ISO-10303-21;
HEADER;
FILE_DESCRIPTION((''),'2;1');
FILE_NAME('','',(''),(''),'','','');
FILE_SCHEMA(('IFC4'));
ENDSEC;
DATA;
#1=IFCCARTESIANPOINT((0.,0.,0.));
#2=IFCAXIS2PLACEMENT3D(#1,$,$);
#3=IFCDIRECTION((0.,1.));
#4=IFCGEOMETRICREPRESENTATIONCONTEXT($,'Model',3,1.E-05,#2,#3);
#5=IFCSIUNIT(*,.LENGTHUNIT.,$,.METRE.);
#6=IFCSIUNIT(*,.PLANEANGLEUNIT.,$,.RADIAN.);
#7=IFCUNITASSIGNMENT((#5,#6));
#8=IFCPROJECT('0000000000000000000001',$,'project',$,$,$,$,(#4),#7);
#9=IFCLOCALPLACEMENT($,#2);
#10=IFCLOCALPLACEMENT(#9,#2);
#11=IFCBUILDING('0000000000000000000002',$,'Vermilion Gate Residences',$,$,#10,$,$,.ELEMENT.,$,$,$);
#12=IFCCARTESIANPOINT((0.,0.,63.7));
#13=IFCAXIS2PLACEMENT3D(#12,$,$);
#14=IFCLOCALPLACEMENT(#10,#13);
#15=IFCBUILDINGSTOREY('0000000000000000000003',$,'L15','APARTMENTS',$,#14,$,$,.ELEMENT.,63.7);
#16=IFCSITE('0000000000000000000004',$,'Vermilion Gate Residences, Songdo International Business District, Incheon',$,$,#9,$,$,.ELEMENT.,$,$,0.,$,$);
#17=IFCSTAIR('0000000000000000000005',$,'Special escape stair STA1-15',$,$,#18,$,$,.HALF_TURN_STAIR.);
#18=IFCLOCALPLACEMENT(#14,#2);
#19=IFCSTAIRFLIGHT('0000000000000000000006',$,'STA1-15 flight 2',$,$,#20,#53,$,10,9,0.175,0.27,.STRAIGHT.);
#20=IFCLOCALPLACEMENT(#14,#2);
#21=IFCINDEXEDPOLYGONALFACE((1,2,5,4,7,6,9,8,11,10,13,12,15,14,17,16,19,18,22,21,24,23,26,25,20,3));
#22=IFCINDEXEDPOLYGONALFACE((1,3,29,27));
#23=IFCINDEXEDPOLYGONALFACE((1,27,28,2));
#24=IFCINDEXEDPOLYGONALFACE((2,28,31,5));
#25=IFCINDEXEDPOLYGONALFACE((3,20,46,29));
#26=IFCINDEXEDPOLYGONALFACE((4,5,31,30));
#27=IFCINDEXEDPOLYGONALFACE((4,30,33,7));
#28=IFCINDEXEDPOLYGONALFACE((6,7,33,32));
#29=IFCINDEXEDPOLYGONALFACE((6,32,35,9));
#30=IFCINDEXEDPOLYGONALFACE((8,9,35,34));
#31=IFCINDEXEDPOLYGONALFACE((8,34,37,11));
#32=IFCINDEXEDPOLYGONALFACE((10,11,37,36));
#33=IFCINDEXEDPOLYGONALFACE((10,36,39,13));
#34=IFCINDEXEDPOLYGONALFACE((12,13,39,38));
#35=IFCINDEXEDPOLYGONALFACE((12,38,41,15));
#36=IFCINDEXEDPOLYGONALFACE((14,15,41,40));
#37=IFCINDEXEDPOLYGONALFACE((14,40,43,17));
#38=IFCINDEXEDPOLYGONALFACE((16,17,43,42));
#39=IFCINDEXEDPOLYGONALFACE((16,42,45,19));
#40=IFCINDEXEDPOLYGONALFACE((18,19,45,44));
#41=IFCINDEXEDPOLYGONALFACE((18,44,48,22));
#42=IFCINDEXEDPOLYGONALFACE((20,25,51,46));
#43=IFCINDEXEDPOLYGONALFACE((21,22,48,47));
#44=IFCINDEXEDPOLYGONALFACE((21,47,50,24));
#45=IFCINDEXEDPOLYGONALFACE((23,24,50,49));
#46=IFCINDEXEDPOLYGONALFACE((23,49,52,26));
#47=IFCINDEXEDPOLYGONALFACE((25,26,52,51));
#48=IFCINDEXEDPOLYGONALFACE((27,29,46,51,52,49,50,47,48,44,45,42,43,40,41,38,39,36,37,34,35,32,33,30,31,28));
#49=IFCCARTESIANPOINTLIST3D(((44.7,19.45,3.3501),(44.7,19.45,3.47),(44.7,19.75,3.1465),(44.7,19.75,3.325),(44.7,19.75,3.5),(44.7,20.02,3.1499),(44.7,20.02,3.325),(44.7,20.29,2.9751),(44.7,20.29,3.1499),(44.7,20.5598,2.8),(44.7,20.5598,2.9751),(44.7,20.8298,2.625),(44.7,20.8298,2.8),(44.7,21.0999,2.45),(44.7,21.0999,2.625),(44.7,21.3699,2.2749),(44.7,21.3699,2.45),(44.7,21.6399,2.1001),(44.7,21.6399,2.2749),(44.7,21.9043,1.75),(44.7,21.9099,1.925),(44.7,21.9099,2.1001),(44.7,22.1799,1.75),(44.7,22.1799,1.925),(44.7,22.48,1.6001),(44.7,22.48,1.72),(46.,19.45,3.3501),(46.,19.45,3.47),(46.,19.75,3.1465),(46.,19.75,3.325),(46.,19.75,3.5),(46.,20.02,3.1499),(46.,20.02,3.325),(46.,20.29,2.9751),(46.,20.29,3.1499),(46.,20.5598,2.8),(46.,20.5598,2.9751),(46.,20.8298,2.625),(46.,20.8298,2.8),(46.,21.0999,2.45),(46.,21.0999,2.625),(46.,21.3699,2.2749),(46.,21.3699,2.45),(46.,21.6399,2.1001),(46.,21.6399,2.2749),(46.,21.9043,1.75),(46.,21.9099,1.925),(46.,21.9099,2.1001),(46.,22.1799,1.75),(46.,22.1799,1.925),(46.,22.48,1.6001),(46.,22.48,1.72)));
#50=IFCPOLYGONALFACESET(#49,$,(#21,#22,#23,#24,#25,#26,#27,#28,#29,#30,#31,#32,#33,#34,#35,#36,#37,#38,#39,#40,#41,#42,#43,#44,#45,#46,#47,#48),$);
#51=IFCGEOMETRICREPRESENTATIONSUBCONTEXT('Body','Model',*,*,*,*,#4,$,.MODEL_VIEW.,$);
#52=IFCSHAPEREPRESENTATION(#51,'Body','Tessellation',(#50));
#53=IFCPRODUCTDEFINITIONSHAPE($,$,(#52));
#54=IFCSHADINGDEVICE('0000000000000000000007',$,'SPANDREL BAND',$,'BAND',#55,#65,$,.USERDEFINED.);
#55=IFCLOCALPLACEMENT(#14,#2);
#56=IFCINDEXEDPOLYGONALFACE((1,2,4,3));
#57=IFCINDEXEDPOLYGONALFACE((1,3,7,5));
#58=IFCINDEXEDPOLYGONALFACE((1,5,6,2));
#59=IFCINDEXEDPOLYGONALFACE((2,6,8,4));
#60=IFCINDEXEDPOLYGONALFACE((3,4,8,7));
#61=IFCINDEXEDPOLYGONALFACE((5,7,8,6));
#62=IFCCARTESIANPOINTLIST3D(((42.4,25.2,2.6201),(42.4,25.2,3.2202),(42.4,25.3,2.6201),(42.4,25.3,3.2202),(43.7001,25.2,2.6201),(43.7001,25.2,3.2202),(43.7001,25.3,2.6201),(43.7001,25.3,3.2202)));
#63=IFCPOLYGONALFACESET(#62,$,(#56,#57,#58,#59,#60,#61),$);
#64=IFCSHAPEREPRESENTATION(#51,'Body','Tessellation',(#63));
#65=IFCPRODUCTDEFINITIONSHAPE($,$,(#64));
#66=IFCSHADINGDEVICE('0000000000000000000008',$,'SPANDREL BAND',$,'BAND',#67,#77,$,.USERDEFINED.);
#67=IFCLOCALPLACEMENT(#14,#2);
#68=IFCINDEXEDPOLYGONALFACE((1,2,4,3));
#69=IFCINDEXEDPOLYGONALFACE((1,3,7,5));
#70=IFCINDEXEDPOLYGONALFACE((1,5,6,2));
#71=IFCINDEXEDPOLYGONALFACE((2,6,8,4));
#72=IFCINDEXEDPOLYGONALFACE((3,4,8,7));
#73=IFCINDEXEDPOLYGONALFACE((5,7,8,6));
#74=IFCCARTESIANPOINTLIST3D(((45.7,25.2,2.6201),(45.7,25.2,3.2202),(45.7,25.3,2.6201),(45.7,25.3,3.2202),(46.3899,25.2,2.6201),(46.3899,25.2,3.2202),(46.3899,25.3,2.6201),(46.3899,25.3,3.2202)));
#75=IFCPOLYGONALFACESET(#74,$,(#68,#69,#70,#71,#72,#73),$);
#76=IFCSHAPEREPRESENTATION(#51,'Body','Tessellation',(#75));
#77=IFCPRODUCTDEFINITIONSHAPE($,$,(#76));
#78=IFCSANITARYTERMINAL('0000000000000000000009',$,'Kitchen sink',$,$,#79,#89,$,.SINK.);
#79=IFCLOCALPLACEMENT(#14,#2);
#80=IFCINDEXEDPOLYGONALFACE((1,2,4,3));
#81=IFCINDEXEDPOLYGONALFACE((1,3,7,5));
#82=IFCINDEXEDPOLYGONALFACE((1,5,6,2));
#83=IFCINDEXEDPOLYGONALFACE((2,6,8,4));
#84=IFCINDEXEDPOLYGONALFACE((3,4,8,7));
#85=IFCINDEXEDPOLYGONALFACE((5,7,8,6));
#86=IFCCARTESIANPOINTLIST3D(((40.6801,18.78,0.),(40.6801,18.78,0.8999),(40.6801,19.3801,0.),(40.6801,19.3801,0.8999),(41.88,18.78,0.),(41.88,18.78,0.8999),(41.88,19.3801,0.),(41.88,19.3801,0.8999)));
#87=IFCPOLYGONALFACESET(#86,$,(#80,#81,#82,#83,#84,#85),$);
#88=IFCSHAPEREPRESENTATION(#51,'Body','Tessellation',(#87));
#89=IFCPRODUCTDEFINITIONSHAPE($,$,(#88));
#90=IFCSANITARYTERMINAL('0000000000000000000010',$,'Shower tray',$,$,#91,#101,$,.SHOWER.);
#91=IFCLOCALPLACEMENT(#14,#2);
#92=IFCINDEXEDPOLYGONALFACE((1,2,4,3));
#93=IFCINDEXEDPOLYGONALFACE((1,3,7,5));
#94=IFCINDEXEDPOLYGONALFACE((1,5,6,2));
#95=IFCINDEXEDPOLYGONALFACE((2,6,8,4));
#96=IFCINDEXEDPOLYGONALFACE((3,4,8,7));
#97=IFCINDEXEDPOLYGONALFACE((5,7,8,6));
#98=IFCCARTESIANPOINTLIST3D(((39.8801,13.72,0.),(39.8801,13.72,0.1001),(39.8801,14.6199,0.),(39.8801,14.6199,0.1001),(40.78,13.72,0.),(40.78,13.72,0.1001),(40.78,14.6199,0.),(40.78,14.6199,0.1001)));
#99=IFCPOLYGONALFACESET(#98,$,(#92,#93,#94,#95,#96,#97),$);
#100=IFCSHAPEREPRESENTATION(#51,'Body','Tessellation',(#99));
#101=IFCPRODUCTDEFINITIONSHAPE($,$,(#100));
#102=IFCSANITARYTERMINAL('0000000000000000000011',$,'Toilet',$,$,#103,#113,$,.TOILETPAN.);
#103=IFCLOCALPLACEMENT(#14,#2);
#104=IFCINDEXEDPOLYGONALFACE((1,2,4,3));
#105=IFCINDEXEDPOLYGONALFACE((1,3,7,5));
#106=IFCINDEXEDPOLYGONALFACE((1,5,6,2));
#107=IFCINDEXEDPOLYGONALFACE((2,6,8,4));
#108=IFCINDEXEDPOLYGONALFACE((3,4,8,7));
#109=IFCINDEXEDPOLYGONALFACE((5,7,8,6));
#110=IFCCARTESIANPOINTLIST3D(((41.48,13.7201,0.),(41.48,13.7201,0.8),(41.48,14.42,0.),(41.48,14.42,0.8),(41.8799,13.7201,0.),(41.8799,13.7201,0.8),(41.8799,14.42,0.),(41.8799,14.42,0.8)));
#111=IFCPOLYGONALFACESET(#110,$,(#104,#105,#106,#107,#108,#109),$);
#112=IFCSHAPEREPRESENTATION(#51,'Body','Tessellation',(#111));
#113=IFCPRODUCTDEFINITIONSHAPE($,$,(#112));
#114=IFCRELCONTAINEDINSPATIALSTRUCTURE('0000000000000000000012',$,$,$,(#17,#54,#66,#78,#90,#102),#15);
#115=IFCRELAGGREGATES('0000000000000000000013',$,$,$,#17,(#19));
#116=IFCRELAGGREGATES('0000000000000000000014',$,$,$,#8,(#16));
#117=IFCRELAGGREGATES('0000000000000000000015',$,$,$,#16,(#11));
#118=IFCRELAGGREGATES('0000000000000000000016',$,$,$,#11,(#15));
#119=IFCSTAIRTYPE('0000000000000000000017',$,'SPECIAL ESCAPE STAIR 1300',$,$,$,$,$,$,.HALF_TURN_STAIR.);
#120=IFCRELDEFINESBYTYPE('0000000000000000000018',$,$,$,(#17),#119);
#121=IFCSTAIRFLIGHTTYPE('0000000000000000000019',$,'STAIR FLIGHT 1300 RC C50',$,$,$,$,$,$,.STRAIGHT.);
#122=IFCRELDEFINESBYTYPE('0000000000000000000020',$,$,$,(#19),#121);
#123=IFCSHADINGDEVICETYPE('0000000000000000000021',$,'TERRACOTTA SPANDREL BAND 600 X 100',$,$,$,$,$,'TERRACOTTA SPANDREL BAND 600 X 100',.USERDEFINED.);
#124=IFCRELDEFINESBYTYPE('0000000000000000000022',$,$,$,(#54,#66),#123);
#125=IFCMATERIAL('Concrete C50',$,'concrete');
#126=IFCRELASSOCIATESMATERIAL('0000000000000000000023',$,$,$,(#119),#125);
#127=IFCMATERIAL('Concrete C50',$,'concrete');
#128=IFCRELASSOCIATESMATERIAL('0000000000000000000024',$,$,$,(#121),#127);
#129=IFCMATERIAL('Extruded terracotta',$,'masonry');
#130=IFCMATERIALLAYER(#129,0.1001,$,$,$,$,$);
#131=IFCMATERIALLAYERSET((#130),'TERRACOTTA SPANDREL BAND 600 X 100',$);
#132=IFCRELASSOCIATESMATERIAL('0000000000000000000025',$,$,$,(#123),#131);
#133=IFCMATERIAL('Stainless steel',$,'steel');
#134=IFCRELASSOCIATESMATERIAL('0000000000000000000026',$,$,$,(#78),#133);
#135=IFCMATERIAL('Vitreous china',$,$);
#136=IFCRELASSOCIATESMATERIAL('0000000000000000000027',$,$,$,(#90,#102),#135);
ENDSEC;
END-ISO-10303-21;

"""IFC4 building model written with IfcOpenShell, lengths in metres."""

from ifc_helpers import new_model, si_unit, direction, frame, origin, origin_2d, place, context, subcontext, project, spatial, polyline, rectangle, outline, extrude, material, layer, layer_set, type_object, element, aggregate, save


model = new_model("IFC4")

# Units and contexts
model_context = context("Model", 3, precision=1e-05, world=origin(), true_north=direction((0.0, 1.0)))
body_context = subcontext(model_context, "Body", "Model", "MODEL_VIEW")
ifc_project = project(units=[si_unit("LENGTHUNIT", "METRE"), si_unit("PLANEANGLEUNIT", "RADIAN")], contexts=[model_context])

# Site, building, storey
site_placement = place(None, origin())
site = spatial("IfcSite", under=ifc_project, at=site_placement, Name="Vermilion Gate Residences, Songdo International Business District, Incheon", CompositionType="ELEMENT", RefElevation=0.0)
building_placement = place(site_placement, origin())
building = spatial("IfcBuilding", under=site, at=building_placement, Name="Vermilion Gate Residences", CompositionType="ELEMENT")
storey_placement = place(building_placement, frame((0.0, 0.0, 63.7)))
storey = spatial("IfcBuildingStorey", under=building, at=storey_placement, Name="L15", Description="APARTMENTS", CompositionType="ELEMENT", Elevation=63.7)

# Stair, stair flight
ifc_material_1 = material(Name="Concrete C50", Category="concrete")
stair_type = type_object("IfcStairType", Name="SPECIAL ESCAPE STAIR 1300", PredefinedType="HALF_TURN_STAIR", material=ifc_material_1)
stair_placement = place(storey_placement, origin())
stair = element("IfcStair", 1, at=stair_placement, inside=storey, type_object=stair_type, Name="Special escape stair STA1-15", PredefinedType="HALF_TURN_STAIR")
ifc_material_2 = material(Name="Concrete C50", Category="concrete")
stair_flight_type = type_object("IfcStairFlightType", Name="STAIR FLIGHT 1300 RC C50", PredefinedType="STRAIGHT", material=ifc_material_2)
stair_flight_1_placement = place(storey_placement, frame((45.3501, 22.1799, 1.75), z_axis=(0.0, 0.0, 1.0), x_axis=(0.0, -1.0, 0.0)))
stair_flight_1 = element("IfcStairFlight", 2, at=stair_flight_1_placement, type_object=stair_flight_type, Name="STA1-15 flight 2", NumberOfRisers=10, NumberOfTreads=9, PredefinedType="STRAIGHT", RiserHeight=0.175, TreadLength=0.27, context=body_context, shape_type="SweptSolid", body=[
    extrude(outline(polyline([(-0.3, -0.1499), (-0.3, -0.03), (0.0, 0.0), (0.0, 0.175), (0.27, 0.175), (0.27, 0.3501), (0.54, 0.3501), (0.54, 0.5249), (0.8101, 0.5249), (0.8101, 0.7), (1.0801, 0.7), (1.0801, 0.875), (1.3501, 0.875), (1.3501, 1.05), (1.6201, 1.05), (1.6201, 1.2251), (1.8899, 1.2251), (1.8899, 1.3999), (2.1599, 1.3999), (2.1599, 1.575), (2.4299, 1.575), (2.4299, 1.75), (2.73, 1.72), (2.73, 1.6001), (2.4299, 1.3965), (0.2756, 0.0), (-0.3, -0.1499)])), frame((0.0, 0.6499, 0.0), z_axis=(0.0, -1.0, 0.0), x_axis=(1.0, 0.0, 0.0)), (0.0, 0.0, 1.0), 1.3),
])
aggregate(stair, [stair_flight_1])

# Shading devices
ifc_material_3 = material(Name="Extruded terracotta", Category="masonry")
ifc_layer_1 = layer(ifc_material_3, 0.1001)
ifc_layer_set_1 = layer_set([ifc_layer_1], Name="TERRACOTTA SPANDREL BAND 600 X 100")
shading_device_type = type_object("IfcShadingDeviceType", Name="TERRACOTTA SPANDREL BAND 600 X 100", ElementType="TERRACOTTA SPANDREL BAND 600 X 100", PredefinedType="USERDEFINED", material=ifc_layer_set_1)
shading_device_1_placement = place(storey_placement, frame((43.05, 25.25, 2.6201), z_axis=(0.0, 0.0, 1.0), x_axis=(1.0, 0.0, 0.0)))
element("IfcShadingDevice", 3, at=shading_device_1_placement, inside=storey, type_object=shading_device_type, Name="SPANDREL BAND", ObjectType="BAND", PredefinedType="USERDEFINED", context=body_context, shape_type="SweptSolid", body=[
    extrude(rectangle(XDim=1.3, YDim=0.1001, at=origin_2d()), origin(), (0.0, 0.0, 1.0), 0.6001),
])
shading_device_2_placement = place(storey_placement, frame((46.0449, 25.25, 2.6201), z_axis=(0.0, 0.0, 1.0), x_axis=(1.0, 0.0, 0.0)))
element("IfcShadingDevice", 4, at=shading_device_2_placement, inside=storey, type_object=shading_device_type, Name="SPANDREL BAND", ObjectType="BAND", PredefinedType="USERDEFINED", context=body_context, shape_type="SweptSolid", body=[
    extrude(rectangle(XDim=0.6899, YDim=0.1001, at=origin_2d()), origin(), (0.0, 0.0, 1.0), 0.6001),
])

# Sanitary terminals
ifc_material_4 = material(Name="Stainless steel", Category="steel")
sanitary_terminal_1_placement = place(storey_placement, frame((41.28, 19.0801, 0.0), z_axis=(0.0, 0.0, 1.0), x_axis=(1.0, 0.0, 0.0)))
element("IfcSanitaryTerminal", 5, at=sanitary_terminal_1_placement, inside=storey, material=ifc_material_4, Name="Kitchen sink", PredefinedType="SINK", context=body_context, shape_type="SweptSolid", body=[
    extrude(rectangle(XDim=1.2, YDim=0.6001, at=origin_2d()), origin(), (0.0, 0.0, 1.0), 0.8999),
])
ifc_material_5 = material(Name="Vitreous china")
sanitary_terminal_2_placement = place(storey_placement, frame((40.3301, 14.1699, 0.0), z_axis=(0.0, 0.0, 1.0), x_axis=(1.0, 0.0, 0.0)))
element("IfcSanitaryTerminal", 6, at=sanitary_terminal_2_placement, inside=storey, material=ifc_material_5, Name="Shower tray", PredefinedType="SHOWER", context=body_context, shape_type="SweptSolid", body=[
    extrude(rectangle(XDim=0.8999, YDim=0.8999, at=origin_2d()), origin(), (0.0, 0.0, 1.0), 0.1001),
])
sanitary_terminal_3_placement = place(storey_placement, frame((41.6799, 14.0701, 0.0), z_axis=(0.0, 0.0, 1.0), x_axis=(1.0, 0.0, 0.0)))
element("IfcSanitaryTerminal", 7, at=sanitary_terminal_3_placement, inside=storey, material=ifc_material_5, Name="Toilet", PredefinedType="TOILETPAN", context=body_context, shape_type="SweptSolid", body=[
    extrude(rectangle(XDim=0.3999, YDim=0.7, at=origin_2d()), origin(), (0.0, 0.0, 1.0), 0.8),
])

save(model, "model.ifc")
